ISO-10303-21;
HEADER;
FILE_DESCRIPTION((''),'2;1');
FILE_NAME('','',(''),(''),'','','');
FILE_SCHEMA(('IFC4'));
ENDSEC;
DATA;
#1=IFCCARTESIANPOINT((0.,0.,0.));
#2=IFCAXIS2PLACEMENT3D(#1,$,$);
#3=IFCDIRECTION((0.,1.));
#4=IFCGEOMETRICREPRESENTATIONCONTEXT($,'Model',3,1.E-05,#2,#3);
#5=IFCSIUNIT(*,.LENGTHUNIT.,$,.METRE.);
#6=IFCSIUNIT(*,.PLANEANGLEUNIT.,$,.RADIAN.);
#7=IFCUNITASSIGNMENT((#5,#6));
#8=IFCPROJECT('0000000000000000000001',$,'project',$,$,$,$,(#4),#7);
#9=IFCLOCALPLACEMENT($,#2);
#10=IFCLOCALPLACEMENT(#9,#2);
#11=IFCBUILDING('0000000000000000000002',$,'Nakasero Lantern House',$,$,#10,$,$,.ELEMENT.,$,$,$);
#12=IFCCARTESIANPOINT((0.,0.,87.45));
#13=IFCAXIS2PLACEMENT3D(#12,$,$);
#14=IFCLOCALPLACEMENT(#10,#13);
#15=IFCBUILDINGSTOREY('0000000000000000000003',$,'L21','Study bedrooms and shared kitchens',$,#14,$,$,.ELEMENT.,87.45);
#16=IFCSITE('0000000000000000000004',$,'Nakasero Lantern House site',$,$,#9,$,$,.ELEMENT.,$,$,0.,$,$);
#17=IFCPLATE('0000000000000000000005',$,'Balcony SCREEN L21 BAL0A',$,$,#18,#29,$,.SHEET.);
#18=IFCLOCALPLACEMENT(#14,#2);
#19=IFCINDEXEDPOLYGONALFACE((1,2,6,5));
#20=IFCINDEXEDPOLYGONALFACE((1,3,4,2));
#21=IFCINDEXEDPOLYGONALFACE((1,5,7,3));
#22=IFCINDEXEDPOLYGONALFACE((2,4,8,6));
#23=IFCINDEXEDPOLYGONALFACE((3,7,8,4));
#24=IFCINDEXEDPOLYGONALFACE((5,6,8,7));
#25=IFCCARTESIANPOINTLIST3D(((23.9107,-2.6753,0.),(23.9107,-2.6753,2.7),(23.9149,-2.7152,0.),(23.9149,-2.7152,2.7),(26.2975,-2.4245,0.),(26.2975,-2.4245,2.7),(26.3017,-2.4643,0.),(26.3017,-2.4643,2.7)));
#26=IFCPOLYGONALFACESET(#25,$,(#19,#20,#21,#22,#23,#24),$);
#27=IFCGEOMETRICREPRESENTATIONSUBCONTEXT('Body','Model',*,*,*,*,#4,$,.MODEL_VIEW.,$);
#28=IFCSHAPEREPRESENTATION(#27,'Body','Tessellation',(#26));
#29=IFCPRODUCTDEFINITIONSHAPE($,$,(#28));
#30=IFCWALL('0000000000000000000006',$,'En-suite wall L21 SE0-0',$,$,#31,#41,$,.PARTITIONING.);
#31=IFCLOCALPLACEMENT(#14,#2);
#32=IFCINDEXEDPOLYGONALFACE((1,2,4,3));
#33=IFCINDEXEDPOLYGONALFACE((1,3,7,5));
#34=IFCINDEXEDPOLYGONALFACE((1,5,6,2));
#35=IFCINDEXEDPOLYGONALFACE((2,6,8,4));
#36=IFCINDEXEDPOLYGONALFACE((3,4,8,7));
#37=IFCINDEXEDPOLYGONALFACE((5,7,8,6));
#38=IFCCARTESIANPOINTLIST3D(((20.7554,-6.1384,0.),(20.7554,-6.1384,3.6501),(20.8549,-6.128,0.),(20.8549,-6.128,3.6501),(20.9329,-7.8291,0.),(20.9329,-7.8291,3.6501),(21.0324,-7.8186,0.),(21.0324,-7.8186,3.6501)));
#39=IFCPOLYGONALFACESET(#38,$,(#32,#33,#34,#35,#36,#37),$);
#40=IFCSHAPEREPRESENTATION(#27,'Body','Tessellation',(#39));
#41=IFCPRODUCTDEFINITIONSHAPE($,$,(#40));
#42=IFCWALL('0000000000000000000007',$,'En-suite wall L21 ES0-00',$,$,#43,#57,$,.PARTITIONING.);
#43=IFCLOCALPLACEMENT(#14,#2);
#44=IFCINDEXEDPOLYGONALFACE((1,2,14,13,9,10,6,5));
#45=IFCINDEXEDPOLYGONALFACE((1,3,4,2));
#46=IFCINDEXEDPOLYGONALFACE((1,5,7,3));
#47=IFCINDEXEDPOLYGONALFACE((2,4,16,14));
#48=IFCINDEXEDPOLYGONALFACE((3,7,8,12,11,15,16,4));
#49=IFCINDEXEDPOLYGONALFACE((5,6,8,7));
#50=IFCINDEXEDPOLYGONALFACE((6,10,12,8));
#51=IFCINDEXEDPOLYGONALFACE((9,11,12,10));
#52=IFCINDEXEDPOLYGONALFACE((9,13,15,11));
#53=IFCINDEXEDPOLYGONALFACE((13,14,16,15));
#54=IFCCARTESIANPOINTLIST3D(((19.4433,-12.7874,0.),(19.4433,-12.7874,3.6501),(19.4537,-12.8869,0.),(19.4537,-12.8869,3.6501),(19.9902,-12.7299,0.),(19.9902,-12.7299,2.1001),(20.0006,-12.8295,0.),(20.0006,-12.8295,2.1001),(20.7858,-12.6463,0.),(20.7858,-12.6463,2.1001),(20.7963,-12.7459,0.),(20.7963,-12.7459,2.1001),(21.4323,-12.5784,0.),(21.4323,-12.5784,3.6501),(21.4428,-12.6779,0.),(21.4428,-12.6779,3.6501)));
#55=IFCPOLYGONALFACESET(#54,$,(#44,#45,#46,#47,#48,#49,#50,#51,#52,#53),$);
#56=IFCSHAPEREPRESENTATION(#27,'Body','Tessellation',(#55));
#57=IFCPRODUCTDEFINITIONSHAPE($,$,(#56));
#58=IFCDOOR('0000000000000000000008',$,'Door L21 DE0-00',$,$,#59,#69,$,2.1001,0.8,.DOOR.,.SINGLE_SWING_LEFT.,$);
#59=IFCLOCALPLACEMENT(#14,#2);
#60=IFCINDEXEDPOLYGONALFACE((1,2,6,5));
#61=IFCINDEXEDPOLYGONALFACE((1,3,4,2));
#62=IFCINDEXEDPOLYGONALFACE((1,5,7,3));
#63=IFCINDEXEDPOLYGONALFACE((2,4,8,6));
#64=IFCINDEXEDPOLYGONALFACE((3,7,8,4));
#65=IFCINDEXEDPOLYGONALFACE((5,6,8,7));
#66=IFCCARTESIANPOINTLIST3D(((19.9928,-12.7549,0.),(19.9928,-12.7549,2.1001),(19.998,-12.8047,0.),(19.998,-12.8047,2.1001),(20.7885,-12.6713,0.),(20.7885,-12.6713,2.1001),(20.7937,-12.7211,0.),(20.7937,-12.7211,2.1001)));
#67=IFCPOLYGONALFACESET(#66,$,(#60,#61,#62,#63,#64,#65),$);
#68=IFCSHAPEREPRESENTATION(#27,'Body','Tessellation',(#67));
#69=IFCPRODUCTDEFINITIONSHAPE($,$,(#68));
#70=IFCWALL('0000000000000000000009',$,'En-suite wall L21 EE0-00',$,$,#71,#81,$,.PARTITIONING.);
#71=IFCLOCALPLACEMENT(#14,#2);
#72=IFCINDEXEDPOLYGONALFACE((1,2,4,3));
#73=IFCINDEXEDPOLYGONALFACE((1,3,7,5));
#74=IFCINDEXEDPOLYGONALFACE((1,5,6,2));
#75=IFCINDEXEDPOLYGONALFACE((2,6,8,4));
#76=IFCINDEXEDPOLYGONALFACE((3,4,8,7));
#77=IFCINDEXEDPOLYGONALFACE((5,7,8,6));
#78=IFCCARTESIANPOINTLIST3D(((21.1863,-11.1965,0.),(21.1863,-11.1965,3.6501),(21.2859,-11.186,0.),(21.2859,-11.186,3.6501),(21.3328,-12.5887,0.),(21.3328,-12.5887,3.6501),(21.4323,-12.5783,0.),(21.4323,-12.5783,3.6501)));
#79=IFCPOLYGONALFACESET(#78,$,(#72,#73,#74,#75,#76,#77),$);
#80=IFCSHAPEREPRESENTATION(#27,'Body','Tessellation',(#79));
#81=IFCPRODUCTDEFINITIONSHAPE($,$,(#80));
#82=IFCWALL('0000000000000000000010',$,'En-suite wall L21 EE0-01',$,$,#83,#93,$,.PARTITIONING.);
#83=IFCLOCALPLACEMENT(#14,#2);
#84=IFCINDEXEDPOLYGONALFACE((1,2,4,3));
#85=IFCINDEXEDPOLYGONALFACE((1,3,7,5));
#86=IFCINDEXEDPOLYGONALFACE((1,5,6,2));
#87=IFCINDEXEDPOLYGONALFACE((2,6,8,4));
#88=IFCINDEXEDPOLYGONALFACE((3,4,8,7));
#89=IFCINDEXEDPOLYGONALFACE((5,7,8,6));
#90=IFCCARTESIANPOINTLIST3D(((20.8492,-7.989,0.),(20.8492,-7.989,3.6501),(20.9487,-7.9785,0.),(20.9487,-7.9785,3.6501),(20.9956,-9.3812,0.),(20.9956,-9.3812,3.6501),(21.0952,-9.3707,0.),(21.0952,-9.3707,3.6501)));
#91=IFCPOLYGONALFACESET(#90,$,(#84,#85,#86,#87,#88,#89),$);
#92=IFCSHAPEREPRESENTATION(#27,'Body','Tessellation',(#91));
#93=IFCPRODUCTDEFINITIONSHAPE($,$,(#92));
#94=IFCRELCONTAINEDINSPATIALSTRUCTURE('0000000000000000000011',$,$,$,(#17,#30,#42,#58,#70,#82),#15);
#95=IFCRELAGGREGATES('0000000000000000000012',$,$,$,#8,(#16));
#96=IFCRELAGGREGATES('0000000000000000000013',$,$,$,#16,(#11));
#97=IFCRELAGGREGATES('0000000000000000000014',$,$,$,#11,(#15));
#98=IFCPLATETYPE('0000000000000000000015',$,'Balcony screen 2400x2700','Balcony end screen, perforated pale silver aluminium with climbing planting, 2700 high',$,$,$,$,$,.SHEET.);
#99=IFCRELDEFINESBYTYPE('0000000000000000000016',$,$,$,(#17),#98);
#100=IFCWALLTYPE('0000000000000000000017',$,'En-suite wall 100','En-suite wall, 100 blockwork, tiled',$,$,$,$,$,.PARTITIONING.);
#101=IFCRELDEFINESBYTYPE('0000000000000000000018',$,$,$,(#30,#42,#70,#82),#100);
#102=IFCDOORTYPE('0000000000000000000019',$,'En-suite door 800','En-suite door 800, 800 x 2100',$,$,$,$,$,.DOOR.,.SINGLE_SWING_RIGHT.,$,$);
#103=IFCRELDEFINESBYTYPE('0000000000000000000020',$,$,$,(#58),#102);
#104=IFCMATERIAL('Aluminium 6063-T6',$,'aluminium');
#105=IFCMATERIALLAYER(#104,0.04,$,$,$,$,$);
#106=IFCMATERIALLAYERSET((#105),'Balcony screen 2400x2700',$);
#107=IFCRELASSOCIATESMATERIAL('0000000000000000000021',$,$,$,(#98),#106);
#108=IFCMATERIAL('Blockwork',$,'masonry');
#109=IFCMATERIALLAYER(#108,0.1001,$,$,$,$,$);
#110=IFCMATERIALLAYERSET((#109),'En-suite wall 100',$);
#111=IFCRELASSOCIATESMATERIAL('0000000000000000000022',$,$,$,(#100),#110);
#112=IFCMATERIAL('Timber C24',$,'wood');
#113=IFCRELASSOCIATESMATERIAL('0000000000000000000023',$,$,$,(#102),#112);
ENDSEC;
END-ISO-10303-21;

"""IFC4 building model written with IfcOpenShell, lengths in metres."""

from ifc_helpers import new_model, si_unit, direction, frame, frame_2d, origin, origin_2d, place, context, subcontext, project, spatial, rectangle, extrude, material, layer, layer_set, type_object, element, fill, save


model = new_model("IFC4")

# Units and contexts
model_context = context("Model", 3, precision=1e-05, world=origin(), true_north=direction((0.0, 1.0)))
body_context = subcontext(model_context, "Body", "Model", "MODEL_VIEW")
ifc_project = project(units=[si_unit("LENGTHUNIT", "METRE"), si_unit("PLANEANGLEUNIT", "RADIAN")], contexts=[model_context])

# Site, building, storey
site_placement = place(None, origin())
site = spatial("IfcSite", under=ifc_project, at=site_placement, Name="Nakasero Lantern House site", CompositionType="ELEMENT", RefElevation=0.0)
building_placement = place(site_placement, origin())
building = spatial("IfcBuilding", under=site, at=building_placement, Name="Nakasero Lantern House", CompositionType="ELEMENT")
storey_placement = place(building_placement, frame((0.0, 0.0, 87.45)))
storey = spatial("IfcBuildingStorey", under=building, at=storey_placement, Name="L21", Description="Study bedrooms and shared kitchens", CompositionType="ELEMENT", Elevation=87.45)

# Plate
ifc_material_1 = material(Name="Aluminium 6063-T6", Category="aluminium")
ifc_layer_1 = layer(ifc_material_1, 0.04)
ifc_layer_set_1 = layer_set([ifc_layer_1], Name="Balcony screen 2400x2700")
plate_type_1 = type_object("IfcPlateType", Name="Balcony screen 2400x2700", Description="Balcony end screen, perforated pale silver aluminium with climbing planting, 2700 high", PredefinedType="SHEET", material=ifc_layer_set_1)
plate_1_placement = place(storey_placement, frame((25.1062, -2.5698, 0.0), z_axis=(0.0, 0.0, 1.0), x_axis=(0.994522, 0.104528, 0.0)))
element("IfcPlate", 1, at=plate_1_placement, inside=storey, type_object=plate_type_1, Name="Balcony SCREEN L21 BAL0A", PredefinedType="SHEET", context=body_context, shape_type="SweptSolid", body=[
    extrude(rectangle(XDim=2.3999, YDim=0.04, at=origin_2d()), origin(), (0.0, 0.0, 1.0), 2.7),
])

# Wall
ifc_material_2 = material(Name="Blockwork", Category="masonry")
ifc_layer_2 = layer(ifc_material_2, 0.1001)
ifc_layer_set_2 = layer_set([ifc_layer_2], Name="En-suite wall 100")
wall_type_1 = type_object("IfcWallType", Name="En-suite wall 100", Description="En-suite wall, 100 blockwork, tiled", PredefinedType="PARTITIONING", material=ifc_layer_set_2)
wall_1_placement = place(storey_placement, frame((20.9827, -7.824, 0.0), z_axis=(0.0, 0.0, 1.0), x_axis=(-0.104408, 0.994535, 0.0)))
element("IfcWall", 2, at=wall_1_placement, inside=storey, type_object=wall_type_1, Name="En-suite wall L21 SE0-0", PredefinedType="PARTITIONING", context=body_context, shape_type="SweptSolid", body=[
    extrude(rectangle(XDim=1.7, YDim=0.1001, at=frame_2d((0.8501, 0.0))), origin(), (0.0, 0.0, 1.0), 3.6501),
])

# Wall, opening, door
wall_2_placement = place(storey_placement, frame((19.4485, -12.8372, 0.0), z_axis=(0.0, 0.0, 1.0), x_axis=(0.994526, 0.104494, 0.0)))
wall_2 = element("IfcWall", 3, at=wall_2_placement, inside=storey, type_object=wall_type_1, Name="En-suite wall L21 ES0-00", PredefinedType="PARTITIONING", context=body_context, shape_type="SweptSolid", body=[
    extrude(rectangle(XDim=2.0, YDim=0.1001, at=frame_2d((1.0, 0.0))), origin(), (0.0, 0.0, 1.0), 3.6501),
])
opening_1_placement = place(wall_2_placement, frame((0.55, 0.0, 0.0)))
opening_1 = element("IfcOpeningElement", 4, at=opening_1_placement, cuts=wall_2, PredefinedType="OPENING", context=body_context, shape_type="SweptSolid", body=[
    extrude(rectangle(XDim=0.8, YDim=2.1001, at=frame_2d((0.3999, 1.05))), frame((0.0, 0.0701, 0.0), z_axis=(0.0, -1.0, 0.0), x_axis=(1.0, 0.0, 0.0)), (0.0, 0.0, 1.0), 0.1401),
])
ifc_material_3 = material(Name="Timber C24", Category="wood")
door_type_1 = type_object("IfcDoorType", Name="En-suite door 800", Description="En-suite door 800, 800 x 2100", OperationType="SINGLE_SWING_RIGHT", PredefinedType="DOOR", material=ifc_material_3)
door_1_placement = place(opening_1_placement, origin())
door_1 = element("IfcDoor", 5, at=door_1_placement, inside=storey, type_object=door_type_1, Name="Door L21 DE0-00", OperationType="SINGLE_SWING_LEFT", OverallHeight=2.1001, OverallWidth=0.8, PredefinedType="DOOR", context=body_context, shape_type="SweptSolid", body=[
    extrude(rectangle(XDim=0.8, YDim=2.1001, at=frame_2d((0.3999, 1.05))), frame((0.0, 0.0249, 0.0), z_axis=(0.0, -1.0, 0.0), x_axis=(1.0, 0.0, 0.0)), (0.0, 0.0, 1.0), 0.05),
])
fill(opening_1, door_1)

# Walls
for number, where, z_axis, x_axis, name in (
    (6, (21.3826, -12.5835, 0.0), (0.0, 0.0, 1.0), (-0.10463, 0.994511, 0.0), "En-suite wall L21 EE0-00"),
    (7, (21.0454, -9.376, 0.0), (0.0, 0.0, 1.0), (-0.10463, 0.994511, 0.0), "En-suite wall L21 EE0-01"),
):
    element("IfcWall", number, at=place(storey_placement, frame(where, z_axis=z_axis, x_axis=x_axis)), inside=storey, type_object=wall_type_1, Name=name, PredefinedType="PARTITIONING", context=body_context, shape_type="SweptSolid", body=[
        extrude(rectangle(XDim=1.3999, YDim=0.1001, at=frame_2d((0.7, 0.0))), origin(), (0.0, 0.0, 1.0), 3.6501),
    ])

save(model, "model.ifc")
